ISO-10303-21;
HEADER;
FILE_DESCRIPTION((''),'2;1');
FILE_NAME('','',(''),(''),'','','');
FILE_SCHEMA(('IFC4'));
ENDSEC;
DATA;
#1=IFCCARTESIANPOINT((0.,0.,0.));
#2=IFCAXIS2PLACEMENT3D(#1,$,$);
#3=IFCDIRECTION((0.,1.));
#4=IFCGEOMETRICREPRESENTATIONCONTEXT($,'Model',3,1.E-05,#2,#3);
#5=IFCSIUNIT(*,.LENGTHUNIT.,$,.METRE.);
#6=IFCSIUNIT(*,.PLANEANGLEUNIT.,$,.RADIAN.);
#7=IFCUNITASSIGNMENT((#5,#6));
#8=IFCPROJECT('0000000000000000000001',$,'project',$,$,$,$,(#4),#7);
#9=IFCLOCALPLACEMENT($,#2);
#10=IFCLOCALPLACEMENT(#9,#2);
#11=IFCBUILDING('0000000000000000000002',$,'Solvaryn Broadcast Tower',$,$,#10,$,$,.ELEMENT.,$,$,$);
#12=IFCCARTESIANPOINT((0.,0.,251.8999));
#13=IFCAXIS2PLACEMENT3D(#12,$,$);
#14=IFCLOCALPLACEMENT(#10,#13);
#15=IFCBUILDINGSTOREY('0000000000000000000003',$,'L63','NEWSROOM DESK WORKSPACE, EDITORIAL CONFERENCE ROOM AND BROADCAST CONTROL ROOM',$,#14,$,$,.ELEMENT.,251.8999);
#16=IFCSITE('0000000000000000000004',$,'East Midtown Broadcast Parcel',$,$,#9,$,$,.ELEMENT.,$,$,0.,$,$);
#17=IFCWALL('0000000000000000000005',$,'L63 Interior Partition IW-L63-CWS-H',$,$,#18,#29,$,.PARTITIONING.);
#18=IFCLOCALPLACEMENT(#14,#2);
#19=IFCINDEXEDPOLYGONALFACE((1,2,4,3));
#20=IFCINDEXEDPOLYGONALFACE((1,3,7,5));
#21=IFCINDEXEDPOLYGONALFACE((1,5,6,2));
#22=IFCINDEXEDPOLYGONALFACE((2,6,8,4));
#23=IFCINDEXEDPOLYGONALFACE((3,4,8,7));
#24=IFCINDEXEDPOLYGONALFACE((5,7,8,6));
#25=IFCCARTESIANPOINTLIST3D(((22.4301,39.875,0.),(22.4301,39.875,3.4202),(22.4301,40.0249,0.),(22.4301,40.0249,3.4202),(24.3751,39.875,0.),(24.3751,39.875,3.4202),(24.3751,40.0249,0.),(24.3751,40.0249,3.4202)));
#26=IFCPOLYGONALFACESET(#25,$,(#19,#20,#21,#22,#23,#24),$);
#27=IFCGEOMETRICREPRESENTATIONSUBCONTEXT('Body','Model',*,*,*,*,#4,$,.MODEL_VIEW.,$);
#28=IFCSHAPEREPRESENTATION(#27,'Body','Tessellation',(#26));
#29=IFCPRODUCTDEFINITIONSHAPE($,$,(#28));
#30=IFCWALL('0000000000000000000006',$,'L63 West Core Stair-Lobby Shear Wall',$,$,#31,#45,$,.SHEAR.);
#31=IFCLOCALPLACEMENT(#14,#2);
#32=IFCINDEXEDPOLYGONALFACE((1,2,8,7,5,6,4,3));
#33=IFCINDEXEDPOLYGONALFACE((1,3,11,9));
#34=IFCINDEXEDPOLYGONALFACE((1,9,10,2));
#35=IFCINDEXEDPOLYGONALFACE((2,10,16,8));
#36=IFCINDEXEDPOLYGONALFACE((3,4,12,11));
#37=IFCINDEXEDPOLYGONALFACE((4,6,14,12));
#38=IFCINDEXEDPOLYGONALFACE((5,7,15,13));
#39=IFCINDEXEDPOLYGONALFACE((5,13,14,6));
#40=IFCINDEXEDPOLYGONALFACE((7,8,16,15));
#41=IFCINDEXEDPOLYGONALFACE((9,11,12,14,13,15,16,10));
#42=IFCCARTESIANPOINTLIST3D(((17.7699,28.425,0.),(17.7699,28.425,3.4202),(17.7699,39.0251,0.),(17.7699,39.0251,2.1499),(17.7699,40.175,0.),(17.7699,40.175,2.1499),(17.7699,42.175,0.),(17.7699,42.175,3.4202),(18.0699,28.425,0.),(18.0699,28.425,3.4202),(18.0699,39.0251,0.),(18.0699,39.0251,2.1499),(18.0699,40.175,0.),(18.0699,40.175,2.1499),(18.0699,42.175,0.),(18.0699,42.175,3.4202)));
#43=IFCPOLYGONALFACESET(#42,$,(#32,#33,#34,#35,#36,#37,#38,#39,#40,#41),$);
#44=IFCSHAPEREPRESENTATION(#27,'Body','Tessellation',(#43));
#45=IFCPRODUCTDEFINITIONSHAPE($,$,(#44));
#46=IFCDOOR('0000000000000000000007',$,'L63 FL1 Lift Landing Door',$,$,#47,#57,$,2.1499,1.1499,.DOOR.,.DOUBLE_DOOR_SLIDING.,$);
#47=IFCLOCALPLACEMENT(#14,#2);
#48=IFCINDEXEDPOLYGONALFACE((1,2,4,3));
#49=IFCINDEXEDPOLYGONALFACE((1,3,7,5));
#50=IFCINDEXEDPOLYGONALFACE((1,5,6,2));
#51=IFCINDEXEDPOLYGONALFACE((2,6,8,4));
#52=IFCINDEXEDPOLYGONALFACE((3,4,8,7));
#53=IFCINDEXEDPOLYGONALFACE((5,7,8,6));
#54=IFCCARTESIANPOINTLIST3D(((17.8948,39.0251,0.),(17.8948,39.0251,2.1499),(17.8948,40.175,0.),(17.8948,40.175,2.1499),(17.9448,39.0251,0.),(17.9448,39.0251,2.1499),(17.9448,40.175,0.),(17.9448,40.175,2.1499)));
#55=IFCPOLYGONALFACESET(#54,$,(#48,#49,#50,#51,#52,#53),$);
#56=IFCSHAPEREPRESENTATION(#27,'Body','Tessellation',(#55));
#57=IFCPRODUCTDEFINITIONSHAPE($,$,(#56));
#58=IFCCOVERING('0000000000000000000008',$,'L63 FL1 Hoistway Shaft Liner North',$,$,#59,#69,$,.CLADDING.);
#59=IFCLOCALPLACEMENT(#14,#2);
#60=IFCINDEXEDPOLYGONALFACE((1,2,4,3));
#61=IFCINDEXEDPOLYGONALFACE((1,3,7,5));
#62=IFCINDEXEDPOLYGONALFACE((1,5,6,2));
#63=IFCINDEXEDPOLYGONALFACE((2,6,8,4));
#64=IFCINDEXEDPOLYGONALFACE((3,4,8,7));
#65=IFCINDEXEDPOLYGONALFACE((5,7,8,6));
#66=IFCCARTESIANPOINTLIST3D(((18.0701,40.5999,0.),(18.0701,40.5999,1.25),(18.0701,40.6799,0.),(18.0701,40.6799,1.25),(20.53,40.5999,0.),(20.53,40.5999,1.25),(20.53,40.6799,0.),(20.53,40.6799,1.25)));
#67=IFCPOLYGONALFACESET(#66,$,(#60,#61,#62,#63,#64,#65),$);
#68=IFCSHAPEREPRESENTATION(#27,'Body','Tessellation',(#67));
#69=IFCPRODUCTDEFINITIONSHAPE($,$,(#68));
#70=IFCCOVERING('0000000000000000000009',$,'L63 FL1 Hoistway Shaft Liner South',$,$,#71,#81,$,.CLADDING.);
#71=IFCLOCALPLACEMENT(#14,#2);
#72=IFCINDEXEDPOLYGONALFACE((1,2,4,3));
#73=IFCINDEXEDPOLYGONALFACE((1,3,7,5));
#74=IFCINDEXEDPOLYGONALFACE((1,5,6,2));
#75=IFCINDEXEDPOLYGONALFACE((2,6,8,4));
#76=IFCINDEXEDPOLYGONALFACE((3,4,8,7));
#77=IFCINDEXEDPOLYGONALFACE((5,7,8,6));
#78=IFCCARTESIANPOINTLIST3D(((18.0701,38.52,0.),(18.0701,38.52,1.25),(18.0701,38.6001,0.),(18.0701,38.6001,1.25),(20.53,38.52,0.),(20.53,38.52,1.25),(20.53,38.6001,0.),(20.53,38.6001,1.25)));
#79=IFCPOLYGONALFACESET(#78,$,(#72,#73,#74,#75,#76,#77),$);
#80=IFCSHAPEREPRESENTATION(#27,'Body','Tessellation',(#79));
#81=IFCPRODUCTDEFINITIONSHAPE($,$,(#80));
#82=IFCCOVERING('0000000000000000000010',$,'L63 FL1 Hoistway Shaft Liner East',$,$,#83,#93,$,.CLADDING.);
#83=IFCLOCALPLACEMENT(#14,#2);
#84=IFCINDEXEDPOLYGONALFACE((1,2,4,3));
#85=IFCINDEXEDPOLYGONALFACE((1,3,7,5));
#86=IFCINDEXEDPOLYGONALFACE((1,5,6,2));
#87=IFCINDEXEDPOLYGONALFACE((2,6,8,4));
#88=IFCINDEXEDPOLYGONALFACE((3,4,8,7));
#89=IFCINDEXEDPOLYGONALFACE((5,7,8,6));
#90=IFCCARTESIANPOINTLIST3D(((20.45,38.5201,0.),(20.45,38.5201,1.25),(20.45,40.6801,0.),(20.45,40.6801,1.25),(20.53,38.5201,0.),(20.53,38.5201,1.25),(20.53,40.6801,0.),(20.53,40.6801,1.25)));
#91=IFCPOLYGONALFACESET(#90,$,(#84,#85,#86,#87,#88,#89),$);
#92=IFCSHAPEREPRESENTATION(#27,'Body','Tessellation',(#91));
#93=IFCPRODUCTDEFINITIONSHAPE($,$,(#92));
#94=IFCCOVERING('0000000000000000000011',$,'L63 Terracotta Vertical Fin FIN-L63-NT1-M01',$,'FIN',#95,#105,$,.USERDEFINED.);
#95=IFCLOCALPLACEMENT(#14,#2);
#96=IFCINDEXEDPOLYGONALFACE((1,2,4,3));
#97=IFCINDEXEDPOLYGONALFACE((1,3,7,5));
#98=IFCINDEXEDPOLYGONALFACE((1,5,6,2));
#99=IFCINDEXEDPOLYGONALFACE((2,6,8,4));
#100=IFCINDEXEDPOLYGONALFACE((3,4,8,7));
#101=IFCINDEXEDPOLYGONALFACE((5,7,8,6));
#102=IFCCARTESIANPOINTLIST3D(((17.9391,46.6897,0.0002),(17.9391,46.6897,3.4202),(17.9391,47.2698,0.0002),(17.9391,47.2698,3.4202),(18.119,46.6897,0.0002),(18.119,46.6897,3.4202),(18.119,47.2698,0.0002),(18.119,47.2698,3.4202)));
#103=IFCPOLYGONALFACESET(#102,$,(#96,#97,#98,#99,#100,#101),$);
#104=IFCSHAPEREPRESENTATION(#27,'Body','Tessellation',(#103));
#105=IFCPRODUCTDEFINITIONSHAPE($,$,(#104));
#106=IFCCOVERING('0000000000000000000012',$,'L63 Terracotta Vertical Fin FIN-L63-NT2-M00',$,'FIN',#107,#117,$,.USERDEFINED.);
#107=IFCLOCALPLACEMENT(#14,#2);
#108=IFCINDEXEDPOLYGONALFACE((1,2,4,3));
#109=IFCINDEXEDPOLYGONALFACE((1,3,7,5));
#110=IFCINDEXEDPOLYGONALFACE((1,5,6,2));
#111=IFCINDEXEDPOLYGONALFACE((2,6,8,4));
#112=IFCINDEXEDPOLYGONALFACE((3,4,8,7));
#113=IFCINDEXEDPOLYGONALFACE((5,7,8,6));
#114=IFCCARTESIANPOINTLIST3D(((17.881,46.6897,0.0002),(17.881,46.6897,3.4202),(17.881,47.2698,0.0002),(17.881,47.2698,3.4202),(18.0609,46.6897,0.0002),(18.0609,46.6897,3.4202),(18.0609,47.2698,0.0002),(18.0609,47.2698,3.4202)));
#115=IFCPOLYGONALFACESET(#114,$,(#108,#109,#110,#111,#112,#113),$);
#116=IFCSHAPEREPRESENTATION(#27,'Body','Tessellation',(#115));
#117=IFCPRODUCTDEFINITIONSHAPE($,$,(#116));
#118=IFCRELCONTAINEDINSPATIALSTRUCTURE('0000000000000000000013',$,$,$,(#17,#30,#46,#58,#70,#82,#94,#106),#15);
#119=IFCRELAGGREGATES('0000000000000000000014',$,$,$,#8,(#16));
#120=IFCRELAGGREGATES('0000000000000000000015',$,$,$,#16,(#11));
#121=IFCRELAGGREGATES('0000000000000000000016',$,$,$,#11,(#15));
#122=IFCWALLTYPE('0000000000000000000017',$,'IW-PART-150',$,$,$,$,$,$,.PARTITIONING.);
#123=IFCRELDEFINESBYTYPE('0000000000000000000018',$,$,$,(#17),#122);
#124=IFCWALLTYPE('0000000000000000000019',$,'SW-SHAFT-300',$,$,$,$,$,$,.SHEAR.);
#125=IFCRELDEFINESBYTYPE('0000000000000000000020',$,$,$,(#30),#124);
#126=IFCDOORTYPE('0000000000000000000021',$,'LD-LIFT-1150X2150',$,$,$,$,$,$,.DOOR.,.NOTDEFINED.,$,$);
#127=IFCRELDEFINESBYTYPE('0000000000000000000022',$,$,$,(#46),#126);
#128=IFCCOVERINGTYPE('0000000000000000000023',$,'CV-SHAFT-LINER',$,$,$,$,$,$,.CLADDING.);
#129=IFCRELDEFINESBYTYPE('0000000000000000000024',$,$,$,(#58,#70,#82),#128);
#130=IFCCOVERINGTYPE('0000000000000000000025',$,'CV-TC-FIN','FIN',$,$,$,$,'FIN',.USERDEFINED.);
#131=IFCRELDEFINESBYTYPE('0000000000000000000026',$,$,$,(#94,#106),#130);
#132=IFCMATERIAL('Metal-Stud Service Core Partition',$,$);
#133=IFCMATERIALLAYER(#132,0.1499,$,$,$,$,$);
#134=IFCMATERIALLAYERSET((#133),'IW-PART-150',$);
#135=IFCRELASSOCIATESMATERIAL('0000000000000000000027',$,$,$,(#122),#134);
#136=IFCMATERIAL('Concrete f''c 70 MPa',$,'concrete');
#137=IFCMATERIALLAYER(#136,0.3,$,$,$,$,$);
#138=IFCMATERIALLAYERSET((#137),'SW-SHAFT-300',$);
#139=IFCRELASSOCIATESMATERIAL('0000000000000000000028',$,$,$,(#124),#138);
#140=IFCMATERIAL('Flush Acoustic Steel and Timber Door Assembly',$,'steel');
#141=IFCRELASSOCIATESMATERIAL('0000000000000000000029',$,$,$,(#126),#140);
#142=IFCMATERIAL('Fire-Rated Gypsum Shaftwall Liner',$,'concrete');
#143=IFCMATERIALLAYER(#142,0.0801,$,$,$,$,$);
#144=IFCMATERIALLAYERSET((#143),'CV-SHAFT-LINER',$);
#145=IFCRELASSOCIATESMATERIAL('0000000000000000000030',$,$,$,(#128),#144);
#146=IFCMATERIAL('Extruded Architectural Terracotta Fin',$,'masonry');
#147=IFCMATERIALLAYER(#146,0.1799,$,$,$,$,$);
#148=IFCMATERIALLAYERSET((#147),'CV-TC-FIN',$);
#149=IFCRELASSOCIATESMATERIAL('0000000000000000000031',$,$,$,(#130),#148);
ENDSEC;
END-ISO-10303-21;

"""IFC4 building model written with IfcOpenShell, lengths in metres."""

from ifc_helpers import new_model, si_unit, direction, frame, frame_2d, origin, origin_2d, place, context, subcontext, project, spatial, rectangle, extrude, material, layer, layer_set, type_object, element, fill, save


model = new_model("IFC4")

# Units and contexts
model_context = context("Model", 3, precision=1e-05, world=origin(), true_north=direction((0.0, 1.0)))
body_context = subcontext(model_context, "Body", "Model", "MODEL_VIEW")
ifc_project = project(units=[si_unit("LENGTHUNIT", "METRE"), si_unit("PLANEANGLEUNIT", "RADIAN")], contexts=[model_context])

# Site, building, storey
site_placement = place(None, origin())
site = spatial("IfcSite", under=ifc_project, at=site_placement, Name="East Midtown Broadcast Parcel", CompositionType="ELEMENT", RefElevation=0.0)
building_placement = place(site_placement, origin())
building = spatial("IfcBuilding", under=site, at=building_placement, Name="Solvaryn Broadcast Tower", CompositionType="ELEMENT")
storey_placement = place(building_placement, frame((0.0, 0.0, 251.8999)))
storey = spatial("IfcBuildingStorey", under=building, at=storey_placement, Name="L63", Description="NEWSROOM DESK WORKSPACE, EDITORIAL CONFERENCE ROOM AND BROADCAST CONTROL ROOM", CompositionType="ELEMENT", Elevation=251.8999)

# Wall
ifc_material_1 = material(Name="Metal-Stud Service Core Partition")
ifc_layer_1 = layer(ifc_material_1, 0.1499)
ifc_layer_set_1 = layer_set([ifc_layer_1], Name="IW-PART-150")
wall_type_1 = type_object("IfcWallType", Name="IW-PART-150", PredefinedType="PARTITIONING", material=ifc_layer_set_1)
wall_1_placement = place(storey_placement, frame((22.4299, 39.95, 0.0), z_axis=(0.0, 0.0, 1.0), x_axis=(1.0, 0.0, 0.0)))
element("IfcWall", 1, at=wall_1_placement, inside=storey, type_object=wall_type_1, Name="L63 Interior Partition IW-L63-CWS-H", PredefinedType="PARTITIONING", context=body_context, shape_type="SweptSolid", body=[
    extrude(rectangle(XDim=1.9451, YDim=0.1499, at=frame_2d((0.9727, 0.0))), origin(), (0.0, 0.0, 1.0), 3.4202),
])

# Wall, opening, door
ifc_material_2 = material(Name="Concrete f'c 70 MPa", Category="concrete")
ifc_layer_2 = layer(ifc_material_2, 0.3)
ifc_layer_set_2 = layer_set([ifc_layer_2], Name="SW-SHAFT-300")
wall_type_2 = type_object("IfcWallType", Name="SW-SHAFT-300", PredefinedType="SHEAR", material=ifc_layer_set_2)
wall_2_placement = place(storey_placement, frame((17.9199, 42.175, 0.0), z_axis=(0.0, 0.0, 1.0), x_axis=(0.0, -1.0, 0.0)))
wall_2 = element("IfcWall", 2, at=wall_2_placement, inside=storey, type_object=wall_type_2, Name="L63 West Core Stair-Lobby Shear Wall", PredefinedType="SHEAR", context=body_context, shape_type="SweptSolid", body=[
    extrude(rectangle(XDim=13.75, YDim=0.3, at=frame_2d((6.875, 0.0))), origin(), (0.0, 0.0, 1.0), 3.4202),
])
opening_placement = place(wall_2_placement, frame((2.0, 0.0, 0.0)))
opening = element("IfcOpeningElement", 3, at=opening_placement, cuts=wall_2, PredefinedType="OPENING", context=body_context, shape_type="SweptSolid", body=[
    extrude(rectangle(XDim=1.1499, YDim=2.1499, at=frame_2d((0.575, 1.075))), frame((0.0, 0.1599, 0.0), z_axis=(0.0, -1.0, 0.0), x_axis=(1.0, 0.0, 0.0)), (0.0, 0.0, 1.0), 0.3201),
])
ifc_material_3 = material(Name="Flush Acoustic Steel and Timber Door Assembly", Category="steel")
door_type = type_object("IfcDoorType", Name="LD-LIFT-1150X2150", OperationType="NOTDEFINED", PredefinedType="DOOR", material=ifc_material_3)
door_placement = place(opening_placement, origin())
door = element("IfcDoor", 4, at=door_placement, inside=storey, type_object=door_type, Name="L63 FL1 Lift Landing Door", OperationType="DOUBLE_DOOR_SLIDING", OverallHeight=2.1499, OverallWidth=1.1499, PredefinedType="DOOR", context=body_context, shape_type="SweptSolid", body=[
    extrude(rectangle(XDim=1.1499, YDim=2.1499, at=frame_2d((0.575, 1.075))), frame((0.0, 0.0249, 0.0), z_axis=(0.0, -1.0, 0.0), x_axis=(1.0, 0.0, 0.0)), (0.0, 0.0, 1.0), 0.05),
])
fill(opening, door)

# Coverings
ifc_material_4 = material(Name="Fire-Rated Gypsum Shaftwall Liner", Category="concrete")
ifc_layer_3 = layer(ifc_material_4, 0.0801)
ifc_layer_set_3 = layer_set([ifc_layer_3], Name="CV-SHAFT-LINER")
covering_type_1 = type_object("IfcCoveringType", Name="CV-SHAFT-LINER", PredefinedType="CLADDING", material=ifc_layer_set_3)
for number, where, z_axis, x_axis, name in (
    (5, (19.3, 40.6399, 0.0), (0.0, 0.0, 1.0), (1.0, 0.0, 0.0), "L63 FL1 Hoistway Shaft Liner North"),
    (6, (19.3, 38.5601, 0.0), (0.0, 0.0, 1.0), (1.0, 0.0, 0.0), "L63 FL1 Hoistway Shaft Liner South"),
):
    element("IfcCovering", number, at=place(storey_placement, frame(where, z_axis=z_axis, x_axis=x_axis)), inside=storey, type_object=covering_type_1, Name=name, PredefinedType="CLADDING", context=body_context, shape_type="SweptSolid", body=[
        extrude(rectangle(XDim=2.46, YDim=0.0801, at=origin_2d()), origin(), (0.0, 0.0, 1.0), 1.25),
    ])
covering_placement = place(storey_placement, frame((20.49, 39.6001, 0.0), z_axis=(0.0, 0.0, 1.0), x_axis=(1.0, 0.0, 0.0)))
element("IfcCovering", 7, at=covering_placement, inside=storey, type_object=covering_type_1, Name="L63 FL1 Hoistway Shaft Liner East", PredefinedType="CLADDING", context=body_context, shape_type="SweptSolid", body=[
    extrude(rectangle(XDim=0.0801, YDim=2.1599, at=origin_2d()), origin(), (0.0, 0.0, 1.0), 1.25),
])
ifc_material_5 = material(Name="Extruded Architectural Terracotta Fin", Category="masonry")
ifc_layer_4 = layer(ifc_material_5, 0.1799)
ifc_layer_set_4 = layer_set([ifc_layer_4], Name="CV-TC-FIN")
covering_type_2 = type_object("IfcCoveringType", Name="CV-TC-FIN", Description="FIN", ElementType="FIN", PredefinedType="USERDEFINED", material=ifc_layer_set_4)
for number, where, z_axis, x_axis, name in (
    (8, (18.0291, 46.9797, 0.0002), (0.0, 0.0, 1.0), (1.0, 0.0, 0.0), "L63 Terracotta Vertical Fin FIN-L63-NT1-M01"),
    (9, (17.9709, 46.9797, 0.0002), (0.0, 0.0, 1.0), (1.0, 0.0, 0.0), "L63 Terracotta Vertical Fin FIN-L63-NT2-M00"),
):
    element("IfcCovering", number, at=place(storey_placement, frame(where, z_axis=z_axis, x_axis=x_axis)), inside=storey, type_object=covering_type_2, Name=name, ObjectType="FIN", PredefinedType="USERDEFINED", context=body_context, shape_type="SweptSolid", body=[
        extrude(rectangle(XDim=0.1799, YDim=0.5801, at=origin_2d()), origin(), (0.0, 0.0, 1.0), 3.4199),
    ])

save(model, "model.ifc")
